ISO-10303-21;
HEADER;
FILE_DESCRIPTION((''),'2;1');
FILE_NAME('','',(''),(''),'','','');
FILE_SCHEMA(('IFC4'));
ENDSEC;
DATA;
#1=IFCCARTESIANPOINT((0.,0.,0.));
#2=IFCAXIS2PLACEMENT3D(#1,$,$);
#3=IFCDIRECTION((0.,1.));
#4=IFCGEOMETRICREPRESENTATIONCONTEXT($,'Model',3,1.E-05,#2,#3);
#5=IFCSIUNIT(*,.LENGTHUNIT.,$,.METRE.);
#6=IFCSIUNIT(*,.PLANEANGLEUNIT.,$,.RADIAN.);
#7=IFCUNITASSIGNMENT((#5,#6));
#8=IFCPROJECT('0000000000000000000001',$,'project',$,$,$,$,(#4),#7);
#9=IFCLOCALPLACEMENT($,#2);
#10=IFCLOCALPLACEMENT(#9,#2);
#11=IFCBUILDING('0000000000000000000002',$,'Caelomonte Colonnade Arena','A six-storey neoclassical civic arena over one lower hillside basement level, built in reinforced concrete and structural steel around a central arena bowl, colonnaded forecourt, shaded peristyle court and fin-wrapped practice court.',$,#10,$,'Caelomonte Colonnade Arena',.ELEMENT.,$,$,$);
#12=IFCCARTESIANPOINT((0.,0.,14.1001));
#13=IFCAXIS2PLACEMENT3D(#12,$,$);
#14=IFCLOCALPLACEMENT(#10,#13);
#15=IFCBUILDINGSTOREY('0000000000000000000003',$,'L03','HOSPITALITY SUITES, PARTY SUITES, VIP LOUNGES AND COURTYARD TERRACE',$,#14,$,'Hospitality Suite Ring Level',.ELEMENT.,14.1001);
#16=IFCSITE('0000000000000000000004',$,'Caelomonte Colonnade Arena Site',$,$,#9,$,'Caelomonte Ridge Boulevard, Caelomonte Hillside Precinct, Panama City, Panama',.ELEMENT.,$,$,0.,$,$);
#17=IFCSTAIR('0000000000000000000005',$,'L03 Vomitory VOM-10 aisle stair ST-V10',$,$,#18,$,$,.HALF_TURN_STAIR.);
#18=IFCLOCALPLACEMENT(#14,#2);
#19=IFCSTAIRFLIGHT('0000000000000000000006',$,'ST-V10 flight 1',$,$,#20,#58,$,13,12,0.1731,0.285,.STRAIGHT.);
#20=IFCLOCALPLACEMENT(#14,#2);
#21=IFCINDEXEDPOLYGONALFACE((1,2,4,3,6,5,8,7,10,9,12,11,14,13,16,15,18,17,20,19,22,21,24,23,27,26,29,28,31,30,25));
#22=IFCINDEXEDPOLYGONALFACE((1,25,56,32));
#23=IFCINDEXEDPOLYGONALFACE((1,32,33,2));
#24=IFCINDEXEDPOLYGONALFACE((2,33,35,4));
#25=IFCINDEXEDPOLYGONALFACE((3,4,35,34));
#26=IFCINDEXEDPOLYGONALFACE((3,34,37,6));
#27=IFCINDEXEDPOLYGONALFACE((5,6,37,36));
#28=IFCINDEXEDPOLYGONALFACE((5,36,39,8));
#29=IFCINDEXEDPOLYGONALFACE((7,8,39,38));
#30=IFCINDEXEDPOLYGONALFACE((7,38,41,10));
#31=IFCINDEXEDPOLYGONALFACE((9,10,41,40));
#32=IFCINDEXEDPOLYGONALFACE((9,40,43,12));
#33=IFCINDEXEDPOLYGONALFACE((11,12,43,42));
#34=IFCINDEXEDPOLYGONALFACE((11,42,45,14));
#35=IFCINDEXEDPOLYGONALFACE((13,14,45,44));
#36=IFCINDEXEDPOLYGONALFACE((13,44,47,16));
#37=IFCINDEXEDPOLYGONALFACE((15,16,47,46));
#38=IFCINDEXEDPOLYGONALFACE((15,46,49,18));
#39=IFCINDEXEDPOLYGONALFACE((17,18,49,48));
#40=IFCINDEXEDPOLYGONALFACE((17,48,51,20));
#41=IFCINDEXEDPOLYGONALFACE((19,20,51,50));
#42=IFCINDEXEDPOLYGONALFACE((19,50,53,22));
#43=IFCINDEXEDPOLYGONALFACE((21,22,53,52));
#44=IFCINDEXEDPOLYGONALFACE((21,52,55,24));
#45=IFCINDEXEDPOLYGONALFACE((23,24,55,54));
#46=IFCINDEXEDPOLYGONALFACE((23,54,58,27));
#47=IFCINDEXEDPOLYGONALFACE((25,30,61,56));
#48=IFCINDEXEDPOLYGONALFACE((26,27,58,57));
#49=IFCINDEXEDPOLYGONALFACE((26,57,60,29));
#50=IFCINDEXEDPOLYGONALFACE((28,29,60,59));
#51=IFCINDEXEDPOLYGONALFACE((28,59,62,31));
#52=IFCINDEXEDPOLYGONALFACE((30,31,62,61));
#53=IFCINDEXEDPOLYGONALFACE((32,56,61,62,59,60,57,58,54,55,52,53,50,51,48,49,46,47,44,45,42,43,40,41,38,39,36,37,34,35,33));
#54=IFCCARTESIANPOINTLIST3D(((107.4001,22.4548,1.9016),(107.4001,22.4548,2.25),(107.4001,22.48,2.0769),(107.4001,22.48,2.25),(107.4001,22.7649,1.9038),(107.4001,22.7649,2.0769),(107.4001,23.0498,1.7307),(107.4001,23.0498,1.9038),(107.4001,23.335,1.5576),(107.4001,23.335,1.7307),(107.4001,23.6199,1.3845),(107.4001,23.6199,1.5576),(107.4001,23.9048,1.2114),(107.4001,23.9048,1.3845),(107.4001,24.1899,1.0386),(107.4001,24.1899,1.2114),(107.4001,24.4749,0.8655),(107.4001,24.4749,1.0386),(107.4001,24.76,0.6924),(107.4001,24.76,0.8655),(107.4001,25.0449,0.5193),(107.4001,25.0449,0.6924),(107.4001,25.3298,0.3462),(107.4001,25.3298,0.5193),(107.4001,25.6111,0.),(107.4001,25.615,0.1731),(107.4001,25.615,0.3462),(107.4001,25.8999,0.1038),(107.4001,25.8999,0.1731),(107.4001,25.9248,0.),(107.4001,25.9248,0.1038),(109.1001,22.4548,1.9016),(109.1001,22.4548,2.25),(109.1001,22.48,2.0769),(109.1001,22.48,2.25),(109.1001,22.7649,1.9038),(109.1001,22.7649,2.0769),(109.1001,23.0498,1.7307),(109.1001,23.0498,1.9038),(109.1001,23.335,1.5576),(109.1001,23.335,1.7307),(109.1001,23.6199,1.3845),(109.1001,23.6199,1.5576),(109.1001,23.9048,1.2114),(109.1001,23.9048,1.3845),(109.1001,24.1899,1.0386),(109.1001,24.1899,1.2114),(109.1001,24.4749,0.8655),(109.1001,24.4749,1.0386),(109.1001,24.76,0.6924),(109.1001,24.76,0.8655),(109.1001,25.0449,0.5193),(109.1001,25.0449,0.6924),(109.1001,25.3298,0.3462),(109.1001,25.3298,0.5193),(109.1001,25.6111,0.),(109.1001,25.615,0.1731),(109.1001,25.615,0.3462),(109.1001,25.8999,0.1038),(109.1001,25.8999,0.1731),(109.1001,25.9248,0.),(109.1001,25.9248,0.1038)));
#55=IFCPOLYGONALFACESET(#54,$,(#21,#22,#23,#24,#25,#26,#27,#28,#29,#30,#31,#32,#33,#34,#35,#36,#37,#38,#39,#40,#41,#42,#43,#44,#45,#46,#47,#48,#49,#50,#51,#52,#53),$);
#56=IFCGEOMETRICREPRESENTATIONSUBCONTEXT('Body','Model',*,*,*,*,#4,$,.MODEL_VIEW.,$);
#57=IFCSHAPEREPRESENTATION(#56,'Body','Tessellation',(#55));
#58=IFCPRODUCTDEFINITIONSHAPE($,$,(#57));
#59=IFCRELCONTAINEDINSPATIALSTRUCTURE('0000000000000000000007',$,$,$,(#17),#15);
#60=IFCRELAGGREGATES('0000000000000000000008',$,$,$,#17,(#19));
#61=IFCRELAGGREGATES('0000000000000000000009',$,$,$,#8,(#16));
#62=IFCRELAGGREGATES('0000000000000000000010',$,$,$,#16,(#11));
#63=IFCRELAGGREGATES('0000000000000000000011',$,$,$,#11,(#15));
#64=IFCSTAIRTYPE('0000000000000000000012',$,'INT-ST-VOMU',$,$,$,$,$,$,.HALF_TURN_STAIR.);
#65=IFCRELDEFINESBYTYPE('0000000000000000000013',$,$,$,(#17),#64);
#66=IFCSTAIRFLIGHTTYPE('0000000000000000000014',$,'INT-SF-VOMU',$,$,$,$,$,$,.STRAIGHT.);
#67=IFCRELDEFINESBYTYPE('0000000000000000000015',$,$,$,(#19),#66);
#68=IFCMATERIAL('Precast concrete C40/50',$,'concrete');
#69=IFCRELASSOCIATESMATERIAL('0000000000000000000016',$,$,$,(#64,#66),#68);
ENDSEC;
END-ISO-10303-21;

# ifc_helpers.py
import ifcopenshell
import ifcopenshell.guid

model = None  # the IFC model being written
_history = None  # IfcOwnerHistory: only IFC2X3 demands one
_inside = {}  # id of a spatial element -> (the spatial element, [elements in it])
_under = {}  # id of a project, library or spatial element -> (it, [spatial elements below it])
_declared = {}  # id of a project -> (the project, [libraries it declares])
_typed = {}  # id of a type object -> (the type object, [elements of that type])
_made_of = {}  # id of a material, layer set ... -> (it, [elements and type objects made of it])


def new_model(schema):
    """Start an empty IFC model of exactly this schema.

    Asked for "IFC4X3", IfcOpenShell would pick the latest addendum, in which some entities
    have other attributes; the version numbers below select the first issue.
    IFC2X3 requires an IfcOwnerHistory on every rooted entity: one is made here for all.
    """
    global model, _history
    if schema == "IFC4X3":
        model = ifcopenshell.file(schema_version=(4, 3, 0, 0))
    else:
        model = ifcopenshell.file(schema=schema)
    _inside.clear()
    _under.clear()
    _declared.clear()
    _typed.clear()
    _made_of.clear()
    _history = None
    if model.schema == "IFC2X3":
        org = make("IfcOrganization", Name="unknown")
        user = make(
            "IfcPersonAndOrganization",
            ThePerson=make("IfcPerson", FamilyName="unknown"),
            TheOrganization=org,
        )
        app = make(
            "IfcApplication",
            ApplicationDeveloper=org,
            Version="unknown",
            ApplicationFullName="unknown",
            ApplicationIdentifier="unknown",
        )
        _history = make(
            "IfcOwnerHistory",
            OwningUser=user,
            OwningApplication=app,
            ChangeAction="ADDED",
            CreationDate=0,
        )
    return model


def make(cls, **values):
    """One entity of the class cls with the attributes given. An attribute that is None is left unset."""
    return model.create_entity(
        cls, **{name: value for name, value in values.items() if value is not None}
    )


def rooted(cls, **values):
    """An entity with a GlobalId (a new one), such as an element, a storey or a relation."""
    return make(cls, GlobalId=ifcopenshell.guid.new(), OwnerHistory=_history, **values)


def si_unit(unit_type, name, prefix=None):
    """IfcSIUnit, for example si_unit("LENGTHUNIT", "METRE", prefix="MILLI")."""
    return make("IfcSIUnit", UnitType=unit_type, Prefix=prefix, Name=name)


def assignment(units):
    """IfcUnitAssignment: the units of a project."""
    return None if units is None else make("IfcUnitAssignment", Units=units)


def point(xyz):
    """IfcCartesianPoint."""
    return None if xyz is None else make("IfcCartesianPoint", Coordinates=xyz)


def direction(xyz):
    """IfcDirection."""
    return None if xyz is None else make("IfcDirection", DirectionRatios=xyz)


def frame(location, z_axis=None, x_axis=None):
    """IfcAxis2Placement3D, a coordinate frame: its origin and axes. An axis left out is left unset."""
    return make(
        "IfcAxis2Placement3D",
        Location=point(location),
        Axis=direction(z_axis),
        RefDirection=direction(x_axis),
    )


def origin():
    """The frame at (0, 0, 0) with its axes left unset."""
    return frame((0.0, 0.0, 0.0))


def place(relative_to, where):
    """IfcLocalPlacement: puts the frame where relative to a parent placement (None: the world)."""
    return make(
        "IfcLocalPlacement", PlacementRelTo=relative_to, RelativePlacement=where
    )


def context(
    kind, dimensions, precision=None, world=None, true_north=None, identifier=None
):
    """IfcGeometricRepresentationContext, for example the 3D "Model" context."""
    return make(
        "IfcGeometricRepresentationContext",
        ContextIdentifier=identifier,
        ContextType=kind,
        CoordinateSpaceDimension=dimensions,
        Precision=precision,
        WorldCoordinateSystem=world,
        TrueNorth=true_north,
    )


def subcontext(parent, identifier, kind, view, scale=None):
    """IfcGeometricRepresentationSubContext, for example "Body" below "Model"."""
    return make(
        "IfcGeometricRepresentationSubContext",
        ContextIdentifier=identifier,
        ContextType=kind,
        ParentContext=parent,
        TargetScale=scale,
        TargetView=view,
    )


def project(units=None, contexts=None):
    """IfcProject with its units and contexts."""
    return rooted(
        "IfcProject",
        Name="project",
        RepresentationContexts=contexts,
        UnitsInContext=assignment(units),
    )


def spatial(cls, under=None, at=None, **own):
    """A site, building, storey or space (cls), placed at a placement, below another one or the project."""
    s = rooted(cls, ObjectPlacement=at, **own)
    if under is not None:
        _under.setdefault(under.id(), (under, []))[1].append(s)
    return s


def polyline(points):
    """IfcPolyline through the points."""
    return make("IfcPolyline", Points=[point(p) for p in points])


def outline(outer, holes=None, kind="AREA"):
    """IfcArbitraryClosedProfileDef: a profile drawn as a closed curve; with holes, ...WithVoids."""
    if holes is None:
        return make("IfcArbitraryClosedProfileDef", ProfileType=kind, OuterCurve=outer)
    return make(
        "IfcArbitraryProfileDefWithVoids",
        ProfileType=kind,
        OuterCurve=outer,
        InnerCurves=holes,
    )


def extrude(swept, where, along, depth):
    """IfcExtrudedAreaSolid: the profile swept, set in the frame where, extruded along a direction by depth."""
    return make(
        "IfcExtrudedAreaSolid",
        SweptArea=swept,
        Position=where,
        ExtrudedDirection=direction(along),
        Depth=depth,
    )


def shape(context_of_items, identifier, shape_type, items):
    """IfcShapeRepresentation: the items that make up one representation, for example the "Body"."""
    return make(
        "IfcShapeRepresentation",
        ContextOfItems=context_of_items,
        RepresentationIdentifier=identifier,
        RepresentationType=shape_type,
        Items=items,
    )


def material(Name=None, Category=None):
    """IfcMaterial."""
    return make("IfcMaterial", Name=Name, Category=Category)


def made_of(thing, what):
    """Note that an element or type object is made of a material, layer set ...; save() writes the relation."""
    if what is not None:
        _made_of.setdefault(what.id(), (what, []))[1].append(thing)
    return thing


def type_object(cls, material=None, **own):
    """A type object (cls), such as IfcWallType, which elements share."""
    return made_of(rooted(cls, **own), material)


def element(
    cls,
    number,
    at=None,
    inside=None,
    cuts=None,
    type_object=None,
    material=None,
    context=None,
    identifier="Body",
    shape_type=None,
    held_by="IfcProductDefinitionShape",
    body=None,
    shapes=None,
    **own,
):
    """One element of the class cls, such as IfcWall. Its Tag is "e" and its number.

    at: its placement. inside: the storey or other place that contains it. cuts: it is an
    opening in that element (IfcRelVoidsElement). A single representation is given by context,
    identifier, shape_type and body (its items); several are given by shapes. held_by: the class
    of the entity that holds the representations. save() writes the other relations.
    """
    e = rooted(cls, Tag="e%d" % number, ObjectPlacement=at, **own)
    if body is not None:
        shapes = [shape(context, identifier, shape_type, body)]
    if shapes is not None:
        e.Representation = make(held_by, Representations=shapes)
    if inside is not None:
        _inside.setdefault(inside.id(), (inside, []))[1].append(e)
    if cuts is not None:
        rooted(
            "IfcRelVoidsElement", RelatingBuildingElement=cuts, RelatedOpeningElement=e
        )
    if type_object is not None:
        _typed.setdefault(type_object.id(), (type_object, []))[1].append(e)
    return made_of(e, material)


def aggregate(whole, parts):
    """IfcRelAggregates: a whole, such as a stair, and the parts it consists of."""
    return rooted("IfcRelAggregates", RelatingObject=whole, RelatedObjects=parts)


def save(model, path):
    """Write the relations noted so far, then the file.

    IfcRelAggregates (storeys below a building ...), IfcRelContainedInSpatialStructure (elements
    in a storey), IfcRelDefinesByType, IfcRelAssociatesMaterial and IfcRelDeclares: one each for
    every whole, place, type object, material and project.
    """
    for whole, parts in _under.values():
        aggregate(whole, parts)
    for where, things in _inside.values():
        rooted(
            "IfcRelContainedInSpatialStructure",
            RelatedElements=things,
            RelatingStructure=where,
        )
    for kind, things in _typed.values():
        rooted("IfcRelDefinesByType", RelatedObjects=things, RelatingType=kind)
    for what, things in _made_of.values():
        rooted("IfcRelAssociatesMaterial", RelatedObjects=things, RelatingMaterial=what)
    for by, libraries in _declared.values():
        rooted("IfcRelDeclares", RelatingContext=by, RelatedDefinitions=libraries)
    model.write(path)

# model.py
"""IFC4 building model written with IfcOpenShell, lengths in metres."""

from ifc_helpers import new_model, si_unit, direction, frame, origin, place, context, subcontext, project, spatial, polyline, outline, extrude, material, type_object, element, aggregate, save


model = new_model("IFC4")

# Units and contexts
model_context = context("Model", 3, precision=1e-05, world=origin(), true_north=direction((0.0, 1.0)))
body_context = subcontext(model_context, "Body", "Model", "MODEL_VIEW")
ifc_project = project(units=[si_unit("LENGTHUNIT", "METRE"), si_unit("PLANEANGLEUNIT", "RADIAN")], contexts=[model_context])

# Site, building, storey
site_placement = place(None, origin())
site = spatial("IfcSite", under=ifc_project, at=site_placement, Name="Caelomonte Colonnade Arena Site", LongName="Caelomonte Ridge Boulevard, Caelomonte Hillside Precinct, Panama City, Panama", CompositionType="ELEMENT", RefElevation=0.0)
building_placement = place(site_placement, origin())
building = spatial("IfcBuilding", under=site, at=building_placement, Name="Caelomonte Colonnade Arena", Description="A six-storey neoclassical civic arena over one lower hillside basement level, built in reinforced concrete and structural steel around a central arena bowl, colonnaded forecourt, shaded peristyle court and fin-wrapped practice court.", LongName="Caelomonte Colonnade Arena", CompositionType="ELEMENT")
storey_placement = place(building_placement, frame((0.0, 0.0, 14.1001)))
storey = spatial("IfcBuildingStorey", under=building, at=storey_placement, Name="L03", Description="HOSPITALITY SUITES, PARTY SUITES, VIP LOUNGES AND COURTYARD TERRACE", LongName="Hospitality Suite Ring Level", CompositionType="ELEMENT", Elevation=14.1001)

# Stair, stair flight
ifc_material_1 = material(Name="Precast concrete C40/50", Category="concrete")
stair_type = type_object("IfcStairType", Name="INT-ST-VOMU", PredefinedType="HALF_TURN_STAIR", material=ifc_material_1)
stair_placement = place(storey_placement, origin())
stair = element("IfcStair", 1, at=stair_placement, inside=storey, type_object=stair_type, Name="L03 Vomitory VOM-10 aisle stair ST-V10", PredefinedType="HALF_TURN_STAIR")
stair_flight_type = type_object("IfcStairFlightType", Name="INT-SF-VOMU", PredefinedType="STRAIGHT", material=ifc_material_1)
stair_flight_placement = place(storey_placement, frame((108.25, 25.8999, 0.0), z_axis=(0.0, 0.0, 1.0), x_axis=(0.0, -1.0, 0.0)))
stair_flight = element("IfcStairFlight", 2, at=stair_flight_placement, type_object=stair_flight_type, Name="ST-V10 flight 1", NumberOfRisers=13, NumberOfTreads=12, PredefinedType="STRAIGHT", RiserHeight=0.1731, TreadLength=0.285, context=body_context, shape_type="SweptSolid", body=[
    extrude(outline(polyline([(-0.0249, 0.0), (-0.0249, 0.1038), (0.0, 0.1038), (0.0, 0.1731), (0.2849, 0.1731), (0.2849, 0.3462), (0.5701, 0.3462), (0.5701, 0.5193), (0.855, 0.5193), (0.855, 0.6924), (1.1399, 0.6924), (1.1399, 0.8655), (1.425, 0.8655), (1.425, 1.0386), (1.71, 1.0386), (1.71, 1.2114), (1.9951, 1.2114), (1.9951, 1.3845), (2.28, 1.3845), (2.28, 1.5576), (2.5649, 1.5576), (2.5649, 1.7307), (2.8501, 1.7307), (2.8501, 1.9038), (3.135, 1.9038), (3.135, 2.0769), (3.4199, 2.0769), (3.4199, 2.25), (3.4451, 2.25), (3.4451, 1.9016), (0.2888, 0.0), (-0.0249, 0.0)])), frame((0.0, 0.8501, 0.0), z_axis=(0.0, -1.0, 0.0), x_axis=(1.0, 0.0, 0.0)), (0.0, 0.0, 1.0), 1.7),
])
aggregate(stair, [stair_flight])

save(model, "model.ifc")
